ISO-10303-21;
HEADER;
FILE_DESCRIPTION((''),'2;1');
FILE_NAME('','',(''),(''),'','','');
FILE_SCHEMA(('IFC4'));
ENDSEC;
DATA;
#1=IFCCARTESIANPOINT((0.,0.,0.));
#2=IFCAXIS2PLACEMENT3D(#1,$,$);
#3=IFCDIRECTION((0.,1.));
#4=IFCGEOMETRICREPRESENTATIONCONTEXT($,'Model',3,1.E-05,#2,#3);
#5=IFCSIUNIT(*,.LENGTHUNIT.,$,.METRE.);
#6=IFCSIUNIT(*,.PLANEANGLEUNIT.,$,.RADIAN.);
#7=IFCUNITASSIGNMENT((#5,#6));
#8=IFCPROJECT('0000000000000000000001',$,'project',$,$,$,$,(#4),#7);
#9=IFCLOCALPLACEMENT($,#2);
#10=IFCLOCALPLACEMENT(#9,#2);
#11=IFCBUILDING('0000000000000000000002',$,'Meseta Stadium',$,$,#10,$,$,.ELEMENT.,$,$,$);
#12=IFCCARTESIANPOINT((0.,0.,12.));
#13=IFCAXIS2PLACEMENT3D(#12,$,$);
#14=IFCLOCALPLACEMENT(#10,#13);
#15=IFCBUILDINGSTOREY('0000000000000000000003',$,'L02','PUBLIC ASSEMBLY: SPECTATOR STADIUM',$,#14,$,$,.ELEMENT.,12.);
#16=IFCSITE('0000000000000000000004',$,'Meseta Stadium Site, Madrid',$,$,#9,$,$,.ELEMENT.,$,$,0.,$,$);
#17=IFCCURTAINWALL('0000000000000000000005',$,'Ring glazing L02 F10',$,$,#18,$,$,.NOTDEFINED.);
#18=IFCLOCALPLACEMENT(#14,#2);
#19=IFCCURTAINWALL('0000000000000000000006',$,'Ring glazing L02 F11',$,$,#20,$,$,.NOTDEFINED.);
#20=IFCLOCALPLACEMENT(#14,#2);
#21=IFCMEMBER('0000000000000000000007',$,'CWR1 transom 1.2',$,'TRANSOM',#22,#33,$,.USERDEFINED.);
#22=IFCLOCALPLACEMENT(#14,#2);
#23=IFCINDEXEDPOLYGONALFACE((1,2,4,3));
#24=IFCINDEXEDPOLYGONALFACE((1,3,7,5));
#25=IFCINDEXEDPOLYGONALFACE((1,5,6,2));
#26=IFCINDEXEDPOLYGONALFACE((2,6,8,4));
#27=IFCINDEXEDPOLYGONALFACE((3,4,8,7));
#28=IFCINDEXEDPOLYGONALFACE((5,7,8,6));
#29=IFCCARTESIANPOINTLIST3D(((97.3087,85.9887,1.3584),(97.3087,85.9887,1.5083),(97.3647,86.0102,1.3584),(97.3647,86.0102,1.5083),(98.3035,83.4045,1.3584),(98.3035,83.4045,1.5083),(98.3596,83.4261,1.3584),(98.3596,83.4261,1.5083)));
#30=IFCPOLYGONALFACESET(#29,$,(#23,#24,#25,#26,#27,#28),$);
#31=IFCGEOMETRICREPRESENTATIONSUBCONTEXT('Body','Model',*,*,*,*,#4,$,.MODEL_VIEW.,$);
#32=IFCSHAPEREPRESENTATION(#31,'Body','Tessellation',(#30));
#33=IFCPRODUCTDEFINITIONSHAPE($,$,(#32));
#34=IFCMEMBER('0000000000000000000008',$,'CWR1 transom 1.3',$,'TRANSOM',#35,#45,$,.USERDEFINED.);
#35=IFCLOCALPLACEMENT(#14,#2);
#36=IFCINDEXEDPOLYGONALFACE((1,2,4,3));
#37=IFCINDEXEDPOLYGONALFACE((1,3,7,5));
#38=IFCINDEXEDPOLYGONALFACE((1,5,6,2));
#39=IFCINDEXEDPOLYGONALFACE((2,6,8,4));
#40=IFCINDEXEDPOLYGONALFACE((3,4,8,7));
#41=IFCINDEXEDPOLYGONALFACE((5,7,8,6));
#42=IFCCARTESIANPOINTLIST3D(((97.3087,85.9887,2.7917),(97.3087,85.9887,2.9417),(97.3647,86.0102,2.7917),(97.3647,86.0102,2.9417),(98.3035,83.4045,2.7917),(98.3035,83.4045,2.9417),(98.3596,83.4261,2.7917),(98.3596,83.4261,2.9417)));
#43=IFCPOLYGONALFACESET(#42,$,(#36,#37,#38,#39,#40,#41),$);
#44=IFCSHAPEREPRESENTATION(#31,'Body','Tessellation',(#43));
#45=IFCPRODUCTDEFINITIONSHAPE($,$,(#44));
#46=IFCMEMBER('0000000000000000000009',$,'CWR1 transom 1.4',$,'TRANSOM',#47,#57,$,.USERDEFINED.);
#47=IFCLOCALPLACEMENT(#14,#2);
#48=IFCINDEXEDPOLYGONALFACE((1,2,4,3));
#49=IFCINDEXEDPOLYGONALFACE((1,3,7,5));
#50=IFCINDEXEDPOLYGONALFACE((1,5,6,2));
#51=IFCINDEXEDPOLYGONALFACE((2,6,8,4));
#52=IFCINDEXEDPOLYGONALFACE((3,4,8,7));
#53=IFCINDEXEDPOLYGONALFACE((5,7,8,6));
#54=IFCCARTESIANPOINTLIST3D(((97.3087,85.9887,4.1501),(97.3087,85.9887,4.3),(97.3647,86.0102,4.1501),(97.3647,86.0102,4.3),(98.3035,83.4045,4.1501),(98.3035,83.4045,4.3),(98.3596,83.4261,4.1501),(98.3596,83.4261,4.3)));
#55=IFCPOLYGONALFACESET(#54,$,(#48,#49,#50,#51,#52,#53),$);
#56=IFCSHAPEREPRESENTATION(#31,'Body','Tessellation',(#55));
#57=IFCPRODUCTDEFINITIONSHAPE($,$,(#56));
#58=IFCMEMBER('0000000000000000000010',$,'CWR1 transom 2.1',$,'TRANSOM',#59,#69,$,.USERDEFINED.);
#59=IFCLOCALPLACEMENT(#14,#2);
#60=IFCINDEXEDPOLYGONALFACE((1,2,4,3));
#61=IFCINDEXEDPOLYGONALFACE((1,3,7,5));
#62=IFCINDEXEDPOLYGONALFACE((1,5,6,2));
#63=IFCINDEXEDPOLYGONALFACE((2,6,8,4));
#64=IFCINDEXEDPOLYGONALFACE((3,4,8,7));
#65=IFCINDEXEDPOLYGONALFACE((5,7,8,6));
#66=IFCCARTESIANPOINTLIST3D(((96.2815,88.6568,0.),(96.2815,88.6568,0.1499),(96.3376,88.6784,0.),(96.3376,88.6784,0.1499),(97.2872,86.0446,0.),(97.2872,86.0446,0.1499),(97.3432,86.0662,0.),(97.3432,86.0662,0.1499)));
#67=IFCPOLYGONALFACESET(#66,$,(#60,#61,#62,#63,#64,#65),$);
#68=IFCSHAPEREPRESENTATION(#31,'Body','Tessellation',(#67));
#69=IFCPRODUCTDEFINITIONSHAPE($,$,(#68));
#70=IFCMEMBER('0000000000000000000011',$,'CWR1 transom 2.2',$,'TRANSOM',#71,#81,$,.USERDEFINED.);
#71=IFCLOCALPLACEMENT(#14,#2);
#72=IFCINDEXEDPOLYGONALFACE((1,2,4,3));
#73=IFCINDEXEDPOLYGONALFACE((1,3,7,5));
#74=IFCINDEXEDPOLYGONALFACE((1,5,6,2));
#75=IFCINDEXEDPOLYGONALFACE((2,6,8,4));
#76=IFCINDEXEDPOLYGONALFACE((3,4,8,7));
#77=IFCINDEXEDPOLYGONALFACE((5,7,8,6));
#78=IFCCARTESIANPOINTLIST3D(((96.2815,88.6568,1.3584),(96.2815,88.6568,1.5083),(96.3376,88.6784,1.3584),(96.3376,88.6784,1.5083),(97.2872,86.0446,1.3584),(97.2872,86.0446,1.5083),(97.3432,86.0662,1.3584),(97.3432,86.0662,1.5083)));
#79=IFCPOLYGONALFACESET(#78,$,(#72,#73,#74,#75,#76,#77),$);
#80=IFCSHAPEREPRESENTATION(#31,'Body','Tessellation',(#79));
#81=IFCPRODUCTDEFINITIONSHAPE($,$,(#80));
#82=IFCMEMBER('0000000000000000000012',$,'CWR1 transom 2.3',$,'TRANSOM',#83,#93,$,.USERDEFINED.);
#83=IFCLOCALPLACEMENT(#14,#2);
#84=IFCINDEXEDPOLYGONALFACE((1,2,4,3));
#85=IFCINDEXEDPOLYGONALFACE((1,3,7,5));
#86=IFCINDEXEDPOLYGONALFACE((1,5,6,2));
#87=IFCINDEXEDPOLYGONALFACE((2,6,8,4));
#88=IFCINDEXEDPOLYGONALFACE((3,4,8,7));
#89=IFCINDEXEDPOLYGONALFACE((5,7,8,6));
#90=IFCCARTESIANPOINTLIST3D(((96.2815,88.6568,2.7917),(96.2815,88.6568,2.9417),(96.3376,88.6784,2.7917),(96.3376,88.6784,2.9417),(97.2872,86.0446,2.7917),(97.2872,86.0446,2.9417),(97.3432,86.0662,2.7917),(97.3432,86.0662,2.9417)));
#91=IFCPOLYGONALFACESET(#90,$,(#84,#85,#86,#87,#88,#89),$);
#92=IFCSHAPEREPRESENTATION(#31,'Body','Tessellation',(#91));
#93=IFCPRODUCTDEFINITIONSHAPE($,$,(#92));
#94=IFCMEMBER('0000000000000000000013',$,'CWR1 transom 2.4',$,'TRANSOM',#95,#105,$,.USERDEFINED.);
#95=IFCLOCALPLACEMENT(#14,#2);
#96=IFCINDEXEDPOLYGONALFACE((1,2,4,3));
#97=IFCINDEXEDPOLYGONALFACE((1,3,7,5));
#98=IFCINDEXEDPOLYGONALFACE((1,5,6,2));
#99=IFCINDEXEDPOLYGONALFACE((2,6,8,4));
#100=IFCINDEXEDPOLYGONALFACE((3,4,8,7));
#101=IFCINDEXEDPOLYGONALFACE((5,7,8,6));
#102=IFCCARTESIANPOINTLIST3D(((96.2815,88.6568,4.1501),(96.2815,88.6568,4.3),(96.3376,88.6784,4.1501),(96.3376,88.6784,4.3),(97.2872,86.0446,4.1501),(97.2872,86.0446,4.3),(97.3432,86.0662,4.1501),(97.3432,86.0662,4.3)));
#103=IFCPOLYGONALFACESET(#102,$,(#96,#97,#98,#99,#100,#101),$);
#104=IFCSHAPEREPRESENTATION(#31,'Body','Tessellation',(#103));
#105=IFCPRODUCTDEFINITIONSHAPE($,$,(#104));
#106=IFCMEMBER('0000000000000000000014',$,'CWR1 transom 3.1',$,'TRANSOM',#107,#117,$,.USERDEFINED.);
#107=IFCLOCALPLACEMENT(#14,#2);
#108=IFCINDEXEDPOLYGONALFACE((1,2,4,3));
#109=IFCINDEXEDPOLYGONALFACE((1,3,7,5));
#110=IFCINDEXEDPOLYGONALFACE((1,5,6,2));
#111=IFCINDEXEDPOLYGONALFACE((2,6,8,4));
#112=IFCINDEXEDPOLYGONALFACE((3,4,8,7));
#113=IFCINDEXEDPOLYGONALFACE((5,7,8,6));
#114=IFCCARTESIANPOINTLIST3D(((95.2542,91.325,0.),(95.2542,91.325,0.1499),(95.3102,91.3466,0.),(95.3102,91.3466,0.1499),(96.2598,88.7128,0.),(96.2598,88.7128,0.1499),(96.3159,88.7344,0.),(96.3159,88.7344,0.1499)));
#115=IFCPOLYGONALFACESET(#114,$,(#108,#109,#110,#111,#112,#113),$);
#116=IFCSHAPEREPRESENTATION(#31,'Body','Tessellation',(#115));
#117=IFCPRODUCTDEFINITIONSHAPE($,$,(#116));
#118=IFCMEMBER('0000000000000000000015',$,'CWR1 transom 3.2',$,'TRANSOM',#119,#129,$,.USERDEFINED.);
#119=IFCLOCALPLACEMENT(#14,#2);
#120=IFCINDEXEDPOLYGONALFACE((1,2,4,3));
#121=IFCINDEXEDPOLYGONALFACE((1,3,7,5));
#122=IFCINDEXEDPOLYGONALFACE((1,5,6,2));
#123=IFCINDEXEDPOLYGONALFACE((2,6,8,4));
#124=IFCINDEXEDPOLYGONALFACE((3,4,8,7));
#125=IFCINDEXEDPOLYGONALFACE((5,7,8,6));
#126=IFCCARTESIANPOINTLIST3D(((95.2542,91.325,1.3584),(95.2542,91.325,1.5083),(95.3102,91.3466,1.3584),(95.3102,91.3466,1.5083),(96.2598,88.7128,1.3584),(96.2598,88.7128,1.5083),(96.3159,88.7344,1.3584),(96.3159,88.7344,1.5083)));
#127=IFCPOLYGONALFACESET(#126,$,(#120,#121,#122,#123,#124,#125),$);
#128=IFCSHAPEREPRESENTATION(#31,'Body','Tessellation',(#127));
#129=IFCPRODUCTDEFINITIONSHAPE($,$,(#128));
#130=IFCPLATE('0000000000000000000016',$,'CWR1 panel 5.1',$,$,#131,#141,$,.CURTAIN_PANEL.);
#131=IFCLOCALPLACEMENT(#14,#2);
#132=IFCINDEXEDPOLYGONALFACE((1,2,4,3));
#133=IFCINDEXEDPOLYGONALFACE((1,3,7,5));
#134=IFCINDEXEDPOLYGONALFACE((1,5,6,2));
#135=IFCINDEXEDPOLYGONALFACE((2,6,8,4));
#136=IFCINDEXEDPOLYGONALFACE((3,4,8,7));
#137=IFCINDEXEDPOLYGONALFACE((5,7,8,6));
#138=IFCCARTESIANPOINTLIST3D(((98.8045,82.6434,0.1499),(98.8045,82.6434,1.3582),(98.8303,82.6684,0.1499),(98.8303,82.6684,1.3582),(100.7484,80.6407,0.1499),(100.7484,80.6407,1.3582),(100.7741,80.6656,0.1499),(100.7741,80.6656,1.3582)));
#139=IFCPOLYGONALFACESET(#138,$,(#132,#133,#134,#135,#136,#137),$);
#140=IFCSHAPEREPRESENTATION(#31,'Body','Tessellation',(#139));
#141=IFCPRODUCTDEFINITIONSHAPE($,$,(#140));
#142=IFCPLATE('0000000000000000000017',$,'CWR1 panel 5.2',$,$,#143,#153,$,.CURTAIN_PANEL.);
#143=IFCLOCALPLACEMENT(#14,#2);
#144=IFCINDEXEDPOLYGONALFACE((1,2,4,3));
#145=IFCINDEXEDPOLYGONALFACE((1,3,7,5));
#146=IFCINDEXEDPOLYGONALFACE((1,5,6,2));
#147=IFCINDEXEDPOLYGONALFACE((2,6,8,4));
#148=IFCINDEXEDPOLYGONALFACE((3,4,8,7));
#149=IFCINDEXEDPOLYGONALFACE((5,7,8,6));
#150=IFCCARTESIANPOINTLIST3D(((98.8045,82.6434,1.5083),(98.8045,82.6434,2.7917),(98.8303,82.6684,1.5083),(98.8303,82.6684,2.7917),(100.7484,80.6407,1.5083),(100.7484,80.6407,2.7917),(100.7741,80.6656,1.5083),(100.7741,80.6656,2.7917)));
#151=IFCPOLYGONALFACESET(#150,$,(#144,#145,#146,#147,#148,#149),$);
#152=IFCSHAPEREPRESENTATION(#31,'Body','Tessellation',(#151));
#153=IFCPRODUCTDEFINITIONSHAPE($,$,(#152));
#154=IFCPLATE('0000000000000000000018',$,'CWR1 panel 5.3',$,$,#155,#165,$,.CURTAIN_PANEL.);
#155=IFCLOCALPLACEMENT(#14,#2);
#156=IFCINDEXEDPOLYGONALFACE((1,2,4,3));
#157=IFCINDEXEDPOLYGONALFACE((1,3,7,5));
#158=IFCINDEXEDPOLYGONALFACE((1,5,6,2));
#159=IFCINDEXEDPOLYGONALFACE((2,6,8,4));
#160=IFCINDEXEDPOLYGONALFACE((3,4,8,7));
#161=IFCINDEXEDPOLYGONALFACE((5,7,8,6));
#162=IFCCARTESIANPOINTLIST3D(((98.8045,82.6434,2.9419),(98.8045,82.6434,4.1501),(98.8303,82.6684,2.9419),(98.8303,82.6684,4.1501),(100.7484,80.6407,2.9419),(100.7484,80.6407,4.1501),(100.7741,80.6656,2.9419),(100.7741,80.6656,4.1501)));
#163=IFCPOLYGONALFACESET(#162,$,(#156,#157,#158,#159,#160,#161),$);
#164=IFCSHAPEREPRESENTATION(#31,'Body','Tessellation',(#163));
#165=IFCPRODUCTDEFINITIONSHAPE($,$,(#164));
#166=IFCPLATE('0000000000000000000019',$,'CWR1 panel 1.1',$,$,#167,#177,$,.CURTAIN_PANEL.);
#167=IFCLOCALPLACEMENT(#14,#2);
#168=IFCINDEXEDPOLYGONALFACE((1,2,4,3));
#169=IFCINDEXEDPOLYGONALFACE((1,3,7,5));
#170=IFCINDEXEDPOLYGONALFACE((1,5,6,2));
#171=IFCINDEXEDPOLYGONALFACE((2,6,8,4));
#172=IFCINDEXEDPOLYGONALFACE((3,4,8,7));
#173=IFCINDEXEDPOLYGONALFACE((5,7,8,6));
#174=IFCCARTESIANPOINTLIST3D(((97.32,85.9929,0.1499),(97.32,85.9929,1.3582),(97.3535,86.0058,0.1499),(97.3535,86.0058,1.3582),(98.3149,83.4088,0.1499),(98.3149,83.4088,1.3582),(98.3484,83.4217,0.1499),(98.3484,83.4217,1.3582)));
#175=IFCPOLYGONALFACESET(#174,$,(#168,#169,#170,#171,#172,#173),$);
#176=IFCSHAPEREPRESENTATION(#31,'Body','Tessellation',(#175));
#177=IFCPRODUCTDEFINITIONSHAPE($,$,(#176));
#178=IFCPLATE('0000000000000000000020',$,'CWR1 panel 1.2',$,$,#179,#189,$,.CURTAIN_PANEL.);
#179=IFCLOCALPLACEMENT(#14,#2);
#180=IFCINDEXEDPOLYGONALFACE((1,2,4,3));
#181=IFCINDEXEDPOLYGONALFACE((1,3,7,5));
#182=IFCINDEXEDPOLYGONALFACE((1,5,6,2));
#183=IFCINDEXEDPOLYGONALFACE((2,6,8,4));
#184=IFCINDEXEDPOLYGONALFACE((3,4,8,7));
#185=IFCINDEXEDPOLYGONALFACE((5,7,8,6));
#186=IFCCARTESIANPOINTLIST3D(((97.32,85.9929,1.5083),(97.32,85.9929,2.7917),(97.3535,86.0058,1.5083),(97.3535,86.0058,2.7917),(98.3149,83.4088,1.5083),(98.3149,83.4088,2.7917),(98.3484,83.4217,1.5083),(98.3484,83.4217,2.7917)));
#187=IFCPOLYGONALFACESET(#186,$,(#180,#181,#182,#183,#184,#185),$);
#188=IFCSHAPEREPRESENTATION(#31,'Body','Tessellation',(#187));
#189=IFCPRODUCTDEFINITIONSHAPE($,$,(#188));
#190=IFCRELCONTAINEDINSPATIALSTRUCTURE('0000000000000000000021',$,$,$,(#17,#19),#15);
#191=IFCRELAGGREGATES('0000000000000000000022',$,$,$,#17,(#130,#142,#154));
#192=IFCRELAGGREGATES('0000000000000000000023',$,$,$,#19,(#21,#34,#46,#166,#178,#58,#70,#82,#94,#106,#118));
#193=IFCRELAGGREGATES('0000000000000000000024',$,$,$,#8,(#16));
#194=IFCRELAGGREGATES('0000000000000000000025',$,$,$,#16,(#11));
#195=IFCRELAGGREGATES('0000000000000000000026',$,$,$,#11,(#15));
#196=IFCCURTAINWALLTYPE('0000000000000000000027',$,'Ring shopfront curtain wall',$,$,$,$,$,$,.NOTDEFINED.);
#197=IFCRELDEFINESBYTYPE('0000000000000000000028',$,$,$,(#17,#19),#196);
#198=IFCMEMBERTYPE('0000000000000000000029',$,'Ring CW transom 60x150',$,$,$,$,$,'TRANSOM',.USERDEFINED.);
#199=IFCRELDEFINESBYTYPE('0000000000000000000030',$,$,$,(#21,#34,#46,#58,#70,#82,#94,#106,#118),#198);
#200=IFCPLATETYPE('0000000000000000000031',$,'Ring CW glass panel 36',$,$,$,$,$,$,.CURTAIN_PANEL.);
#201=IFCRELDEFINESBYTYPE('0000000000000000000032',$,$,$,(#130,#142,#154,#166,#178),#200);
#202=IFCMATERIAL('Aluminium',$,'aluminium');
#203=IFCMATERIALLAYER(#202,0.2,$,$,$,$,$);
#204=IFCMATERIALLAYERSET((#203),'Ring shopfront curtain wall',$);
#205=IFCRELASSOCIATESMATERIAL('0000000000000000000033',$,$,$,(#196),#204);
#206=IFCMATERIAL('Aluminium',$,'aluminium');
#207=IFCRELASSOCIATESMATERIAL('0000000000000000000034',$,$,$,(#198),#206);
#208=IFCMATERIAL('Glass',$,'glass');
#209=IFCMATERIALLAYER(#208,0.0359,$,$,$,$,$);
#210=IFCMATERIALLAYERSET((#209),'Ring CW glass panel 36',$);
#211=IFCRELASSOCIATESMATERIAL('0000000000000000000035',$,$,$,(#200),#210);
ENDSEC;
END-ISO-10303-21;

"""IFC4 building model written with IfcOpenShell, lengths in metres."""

from ifc_helpers import new_model, si_unit, direction, frame, origin, origin_2d, place, context, subcontext, project, spatial, rectangle, extrude, material, layer, layer_set, material_profile, profile_set, type_object, element, aggregate, save


model = new_model("IFC4")

# Units and contexts
model_context = context("Model", 3, precision=1e-05, world=origin(), true_north=direction((0.0, 1.0)))
body_context = subcontext(model_context, "Body", "Model", "MODEL_VIEW")
ifc_project = project(units=[si_unit("LENGTHUNIT", "METRE"), si_unit("PLANEANGLEUNIT", "RADIAN")], contexts=[model_context])

# Site, building, storey
site_placement = place(None, origin())
site = spatial("IfcSite", under=ifc_project, at=site_placement, Name="Meseta Stadium Site, Madrid", CompositionType="ELEMENT", RefElevation=0.0)
building_placement = place(site_placement, origin())
building = spatial("IfcBuilding", under=site, at=building_placement, Name="Meseta Stadium", CompositionType="ELEMENT")
storey_placement = place(building_placement, frame((0.0, 0.0, 12.0)))
storey = spatial("IfcBuildingStorey", under=building, at=storey_placement, Name="L02", Description="PUBLIC ASSEMBLY: SPECTATOR STADIUM", CompositionType="ELEMENT", Elevation=12.0)

# Curtain walls
ifc_material_1 = material(Name="Aluminium", Category="aluminium")
ifc_layer_1 = layer(ifc_material_1, 0.2)
ifc_layer_set_1 = layer_set([ifc_layer_1], Name="Ring shopfront curtain wall")
curtain_wall_type = type_object("IfcCurtainWallType", Name="Ring shopfront curtain wall", PredefinedType="NOTDEFINED", material=ifc_layer_set_1)
curtain_wall_1_placement = place(storey_placement, origin())
curtain_wall_1 = element("IfcCurtainWall", 1, at=curtain_wall_1_placement, inside=storey, type_object=curtain_wall_type, Name="Ring glazing L02 F10", PredefinedType="NOTDEFINED")
curtain_wall_2_placement = place(storey_placement, origin())
curtain_wall_2 = element("IfcCurtainWall", 2, at=curtain_wall_2_placement, inside=storey, type_object=curtain_wall_type, Name="Ring glazing L02 F11", PredefinedType="NOTDEFINED")

# Members
ifc_material_2 = material(Name="Aluminium", Category="aluminium")
ifc_material_profile_1 = material_profile(ifc_material_2, rectangle(XDim=0.0601, YDim=0.1499, at=origin_2d()), Name="CW 60x150")
ifc_profile_set_1 = profile_set([ifc_material_profile_1], Name="Aluminium")
member_type_1 = type_object("IfcMemberType", Name="Ring CW transom 60x150", ElementType="TRANSOM", PredefinedType="USERDEFINED", material=ifc_profile_set_1)
member_1_placement = place(storey_placement, frame((98.3315, 83.4153, 1.4333), z_axis=(-0.359274, 0.933232, 0.0), x_axis=(-0.933232, -0.359274, 0.0)))
member_1 = element("IfcMember", 3, at=member_1_placement, type_object=member_type_1, Name="CWR1 transom 1.2", ObjectType="TRANSOM", PredefinedType="USERDEFINED", context=body_context, shape_type="SweptSolid", body=[
    extrude(rectangle(XDim=0.0601, YDim=0.1499, at=origin_2d()), origin(), (0.0, 0.0, 1.0), 2.769),
])
member_2_placement = place(storey_placement, frame((98.3315, 83.4153, 2.8667), z_axis=(-0.359274, 0.933232, 0.0), x_axis=(-0.933232, -0.359274, 0.0)))
member_2 = element("IfcMember", 4, at=member_2_placement, type_object=member_type_1, Name="CWR1 transom 1.3", ObjectType="TRANSOM", PredefinedType="USERDEFINED", context=body_context, shape_type="SweptSolid", body=[
    extrude(rectangle(XDim=0.0601, YDim=0.1499, at=origin_2d()), origin(), (0.0, 0.0, 1.0), 2.769),
])
member_3_placement = place(storey_placement, frame((98.3315, 83.4153, 4.2251), z_axis=(-0.359274, 0.933232, 0.0), x_axis=(-0.933232, -0.359274, 0.0)))
member_3 = element("IfcMember", 5, at=member_3_placement, type_object=member_type_1, Name="CWR1 transom 1.4", ObjectType="TRANSOM", PredefinedType="USERDEFINED", context=body_context, shape_type="SweptSolid", body=[
    extrude(rectangle(XDim=0.0601, YDim=0.1499, at=origin_2d()), origin(), (0.0, 0.0, 1.0), 2.769),
])
member_4_placement = place(storey_placement, frame((97.3152, 86.0554, 0.075), z_axis=(-0.359283, 0.933229, 0.0), x_axis=(-0.933229, -0.359283, 0.0)))
member_4 = element("IfcMember", 6, at=member_4_placement, type_object=member_type_1, Name="CWR1 transom 2.1", ObjectType="TRANSOM", PredefinedType="USERDEFINED", context=body_context, shape_type="SweptSolid", body=[
    extrude(rectangle(XDim=0.0601, YDim=0.1499, at=origin_2d()), origin(), (0.0, 0.0, 1.0), 2.7991),
])
member_5_placement = place(storey_placement, frame((97.3152, 86.0554, 1.4333), z_axis=(-0.359283, 0.933229, 0.0), x_axis=(-0.933229, -0.359283, 0.0)))
member_5 = element("IfcMember", 7, at=member_5_placement, type_object=member_type_1, Name="CWR1 transom 2.2", ObjectType="TRANSOM", PredefinedType="USERDEFINED", context=body_context, shape_type="SweptSolid", body=[
    extrude(rectangle(XDim=0.0601, YDim=0.1499, at=origin_2d()), origin(), (0.0, 0.0, 1.0), 2.7991),
])
member_6_placement = place(storey_placement, frame((97.3152, 86.0554, 2.8667), z_axis=(-0.359283, 0.933229, 0.0), x_axis=(-0.933229, -0.359283, 0.0)))
member_6 = element("IfcMember", 8, at=member_6_placement, type_object=member_type_1, Name="CWR1 transom 2.3", ObjectType="TRANSOM", PredefinedType="USERDEFINED", context=body_context, shape_type="SweptSolid", body=[
    extrude(rectangle(XDim=0.0601, YDim=0.1499, at=origin_2d()), origin(), (0.0, 0.0, 1.0), 2.7991),
])
member_7_placement = place(storey_placement, frame((97.3152, 86.0554, 4.2251), z_axis=(-0.359283, 0.933229, 0.0), x_axis=(-0.933229, -0.359283, 0.0)))
member_7 = element("IfcMember", 9, at=member_7_placement, type_object=member_type_1, Name="CWR1 transom 2.4", ObjectType="TRANSOM", PredefinedType="USERDEFINED", context=body_context, shape_type="SweptSolid", body=[
    extrude(rectangle(XDim=0.0601, YDim=0.1499, at=origin_2d()), origin(), (0.0, 0.0, 1.0), 2.7991),
])
member_8_placement = place(storey_placement, frame((96.2878, 88.7236, 0.075), z_axis=(-0.359283, 0.933229, 0.0), x_axis=(-0.933229, -0.359283, 0.0)))
member_8 = element("IfcMember", 10, at=member_8_placement, type_object=member_type_1, Name="CWR1 transom 3.1", ObjectType="TRANSOM", PredefinedType="USERDEFINED", context=body_context, shape_type="SweptSolid", body=[
    extrude(rectangle(XDim=0.0601, YDim=0.1499, at=origin_2d()), origin(), (0.0, 0.0, 1.0), 2.7991),
])
member_9_placement = place(storey_placement, frame((96.2878, 88.7236, 1.4333), z_axis=(-0.359283, 0.933229, 0.0), x_axis=(-0.933229, -0.359283, 0.0)))
member_9 = element("IfcMember", 11, at=member_9_placement, type_object=member_type_1, Name="CWR1 transom 3.2", ObjectType="TRANSOM", PredefinedType="USERDEFINED", context=body_context, shape_type="SweptSolid", body=[
    extrude(rectangle(XDim=0.0601, YDim=0.1499, at=origin_2d()), origin(), (0.0, 0.0, 1.0), 2.7991),
])

# Plates
ifc_material_3 = material(Name="Glass", Category="glass")
ifc_layer_2 = layer(ifc_material_3, 0.0359)
ifc_layer_set_2 = layer_set([ifc_layer_2], Name="Ring CW glass panel 36")
plate_type_1 = type_object("IfcPlateType", Name="Ring CW glass panel 36", PredefinedType="CURTAIN_PANEL", material=ifc_layer_set_2)
plate_1_placement = place(storey_placement, frame((99.7893, 81.6545, 0.1499), z_axis=(0.0, 0.0, 1.0), x_axis=(-0.696473, 0.717583, 0.0)))
plate_1 = element("IfcPlate", 12, at=plate_1_placement, type_object=plate_type_1, Name="CWR1 panel 5.1", PredefinedType="CURTAIN_PANEL", context=body_context, shape_type="SweptSolid", body=[
    extrude(rectangle(XDim=2.791, YDim=0.0359, at=origin_2d()), origin(), (0.0, 0.0, 1.0), 1.2083),
])
plate_2_placement = place(storey_placement, frame((99.7893, 81.6545, 1.5083), z_axis=(0.0, 0.0, 1.0), x_axis=(-0.696473, 0.717583, 0.0)))
plate_2 = element("IfcPlate", 13, at=plate_2_placement, type_object=plate_type_1, Name="CWR1 panel 5.2", PredefinedType="CURTAIN_PANEL", context=body_context, shape_type="SweptSolid", body=[
    extrude(rectangle(XDim=2.791, YDim=0.0359, at=origin_2d()), origin(), (0.0, 0.0, 1.0), 1.2834),
])
plate_3_placement = place(storey_placement, frame((99.7893, 81.6545, 2.9419), z_axis=(0.0, 0.0, 1.0), x_axis=(-0.696473, 0.717583, 0.0)))
plate_3 = element("IfcPlate", 14, at=plate_3_placement, type_object=plate_type_1, Name="CWR1 panel 5.3", PredefinedType="CURTAIN_PANEL", context=body_context, shape_type="SweptSolid", body=[
    extrude(rectangle(XDim=2.791, YDim=0.0359, at=origin_2d()), origin(), (0.0, 0.0, 1.0), 1.2083),
])
aggregate(curtain_wall_1, [plate_1, plate_2, plate_3])
plate_4_placement = place(storey_placement, frame((97.8342, 84.7073, 0.1499), z_axis=(0.0, 0.0, 1.0), x_axis=(-0.359302, 0.933221, 0.0)))
plate_4 = element("IfcPlate", 15, at=plate_4_placement, type_object=plate_type_1, Name="CWR1 panel 1.1", PredefinedType="CURTAIN_PANEL", context=body_context, shape_type="SweptSolid", body=[
    extrude(rectangle(XDim=2.769, YDim=0.0359, at=origin_2d()), origin(), (0.0, 0.0, 1.0), 1.2083),
])
plate_5_placement = place(storey_placement, frame((97.8342, 84.7073, 1.5083), z_axis=(0.0, 0.0, 1.0), x_axis=(-0.359302, 0.933221, 0.0)))
plate_5 = element("IfcPlate", 16, at=plate_5_placement, type_object=plate_type_1, Name="CWR1 panel 1.2", PredefinedType="CURTAIN_PANEL", context=body_context, shape_type="SweptSolid", body=[
    extrude(rectangle(XDim=2.769, YDim=0.0359, at=origin_2d()), origin(), (0.0, 0.0, 1.0), 1.2834),
])
aggregate(curtain_wall_2, [member_1, member_2, member_3, plate_4, plate_5, member_4, member_5, member_6, member_7, member_8, member_9])

save(model, "model.ifc")
